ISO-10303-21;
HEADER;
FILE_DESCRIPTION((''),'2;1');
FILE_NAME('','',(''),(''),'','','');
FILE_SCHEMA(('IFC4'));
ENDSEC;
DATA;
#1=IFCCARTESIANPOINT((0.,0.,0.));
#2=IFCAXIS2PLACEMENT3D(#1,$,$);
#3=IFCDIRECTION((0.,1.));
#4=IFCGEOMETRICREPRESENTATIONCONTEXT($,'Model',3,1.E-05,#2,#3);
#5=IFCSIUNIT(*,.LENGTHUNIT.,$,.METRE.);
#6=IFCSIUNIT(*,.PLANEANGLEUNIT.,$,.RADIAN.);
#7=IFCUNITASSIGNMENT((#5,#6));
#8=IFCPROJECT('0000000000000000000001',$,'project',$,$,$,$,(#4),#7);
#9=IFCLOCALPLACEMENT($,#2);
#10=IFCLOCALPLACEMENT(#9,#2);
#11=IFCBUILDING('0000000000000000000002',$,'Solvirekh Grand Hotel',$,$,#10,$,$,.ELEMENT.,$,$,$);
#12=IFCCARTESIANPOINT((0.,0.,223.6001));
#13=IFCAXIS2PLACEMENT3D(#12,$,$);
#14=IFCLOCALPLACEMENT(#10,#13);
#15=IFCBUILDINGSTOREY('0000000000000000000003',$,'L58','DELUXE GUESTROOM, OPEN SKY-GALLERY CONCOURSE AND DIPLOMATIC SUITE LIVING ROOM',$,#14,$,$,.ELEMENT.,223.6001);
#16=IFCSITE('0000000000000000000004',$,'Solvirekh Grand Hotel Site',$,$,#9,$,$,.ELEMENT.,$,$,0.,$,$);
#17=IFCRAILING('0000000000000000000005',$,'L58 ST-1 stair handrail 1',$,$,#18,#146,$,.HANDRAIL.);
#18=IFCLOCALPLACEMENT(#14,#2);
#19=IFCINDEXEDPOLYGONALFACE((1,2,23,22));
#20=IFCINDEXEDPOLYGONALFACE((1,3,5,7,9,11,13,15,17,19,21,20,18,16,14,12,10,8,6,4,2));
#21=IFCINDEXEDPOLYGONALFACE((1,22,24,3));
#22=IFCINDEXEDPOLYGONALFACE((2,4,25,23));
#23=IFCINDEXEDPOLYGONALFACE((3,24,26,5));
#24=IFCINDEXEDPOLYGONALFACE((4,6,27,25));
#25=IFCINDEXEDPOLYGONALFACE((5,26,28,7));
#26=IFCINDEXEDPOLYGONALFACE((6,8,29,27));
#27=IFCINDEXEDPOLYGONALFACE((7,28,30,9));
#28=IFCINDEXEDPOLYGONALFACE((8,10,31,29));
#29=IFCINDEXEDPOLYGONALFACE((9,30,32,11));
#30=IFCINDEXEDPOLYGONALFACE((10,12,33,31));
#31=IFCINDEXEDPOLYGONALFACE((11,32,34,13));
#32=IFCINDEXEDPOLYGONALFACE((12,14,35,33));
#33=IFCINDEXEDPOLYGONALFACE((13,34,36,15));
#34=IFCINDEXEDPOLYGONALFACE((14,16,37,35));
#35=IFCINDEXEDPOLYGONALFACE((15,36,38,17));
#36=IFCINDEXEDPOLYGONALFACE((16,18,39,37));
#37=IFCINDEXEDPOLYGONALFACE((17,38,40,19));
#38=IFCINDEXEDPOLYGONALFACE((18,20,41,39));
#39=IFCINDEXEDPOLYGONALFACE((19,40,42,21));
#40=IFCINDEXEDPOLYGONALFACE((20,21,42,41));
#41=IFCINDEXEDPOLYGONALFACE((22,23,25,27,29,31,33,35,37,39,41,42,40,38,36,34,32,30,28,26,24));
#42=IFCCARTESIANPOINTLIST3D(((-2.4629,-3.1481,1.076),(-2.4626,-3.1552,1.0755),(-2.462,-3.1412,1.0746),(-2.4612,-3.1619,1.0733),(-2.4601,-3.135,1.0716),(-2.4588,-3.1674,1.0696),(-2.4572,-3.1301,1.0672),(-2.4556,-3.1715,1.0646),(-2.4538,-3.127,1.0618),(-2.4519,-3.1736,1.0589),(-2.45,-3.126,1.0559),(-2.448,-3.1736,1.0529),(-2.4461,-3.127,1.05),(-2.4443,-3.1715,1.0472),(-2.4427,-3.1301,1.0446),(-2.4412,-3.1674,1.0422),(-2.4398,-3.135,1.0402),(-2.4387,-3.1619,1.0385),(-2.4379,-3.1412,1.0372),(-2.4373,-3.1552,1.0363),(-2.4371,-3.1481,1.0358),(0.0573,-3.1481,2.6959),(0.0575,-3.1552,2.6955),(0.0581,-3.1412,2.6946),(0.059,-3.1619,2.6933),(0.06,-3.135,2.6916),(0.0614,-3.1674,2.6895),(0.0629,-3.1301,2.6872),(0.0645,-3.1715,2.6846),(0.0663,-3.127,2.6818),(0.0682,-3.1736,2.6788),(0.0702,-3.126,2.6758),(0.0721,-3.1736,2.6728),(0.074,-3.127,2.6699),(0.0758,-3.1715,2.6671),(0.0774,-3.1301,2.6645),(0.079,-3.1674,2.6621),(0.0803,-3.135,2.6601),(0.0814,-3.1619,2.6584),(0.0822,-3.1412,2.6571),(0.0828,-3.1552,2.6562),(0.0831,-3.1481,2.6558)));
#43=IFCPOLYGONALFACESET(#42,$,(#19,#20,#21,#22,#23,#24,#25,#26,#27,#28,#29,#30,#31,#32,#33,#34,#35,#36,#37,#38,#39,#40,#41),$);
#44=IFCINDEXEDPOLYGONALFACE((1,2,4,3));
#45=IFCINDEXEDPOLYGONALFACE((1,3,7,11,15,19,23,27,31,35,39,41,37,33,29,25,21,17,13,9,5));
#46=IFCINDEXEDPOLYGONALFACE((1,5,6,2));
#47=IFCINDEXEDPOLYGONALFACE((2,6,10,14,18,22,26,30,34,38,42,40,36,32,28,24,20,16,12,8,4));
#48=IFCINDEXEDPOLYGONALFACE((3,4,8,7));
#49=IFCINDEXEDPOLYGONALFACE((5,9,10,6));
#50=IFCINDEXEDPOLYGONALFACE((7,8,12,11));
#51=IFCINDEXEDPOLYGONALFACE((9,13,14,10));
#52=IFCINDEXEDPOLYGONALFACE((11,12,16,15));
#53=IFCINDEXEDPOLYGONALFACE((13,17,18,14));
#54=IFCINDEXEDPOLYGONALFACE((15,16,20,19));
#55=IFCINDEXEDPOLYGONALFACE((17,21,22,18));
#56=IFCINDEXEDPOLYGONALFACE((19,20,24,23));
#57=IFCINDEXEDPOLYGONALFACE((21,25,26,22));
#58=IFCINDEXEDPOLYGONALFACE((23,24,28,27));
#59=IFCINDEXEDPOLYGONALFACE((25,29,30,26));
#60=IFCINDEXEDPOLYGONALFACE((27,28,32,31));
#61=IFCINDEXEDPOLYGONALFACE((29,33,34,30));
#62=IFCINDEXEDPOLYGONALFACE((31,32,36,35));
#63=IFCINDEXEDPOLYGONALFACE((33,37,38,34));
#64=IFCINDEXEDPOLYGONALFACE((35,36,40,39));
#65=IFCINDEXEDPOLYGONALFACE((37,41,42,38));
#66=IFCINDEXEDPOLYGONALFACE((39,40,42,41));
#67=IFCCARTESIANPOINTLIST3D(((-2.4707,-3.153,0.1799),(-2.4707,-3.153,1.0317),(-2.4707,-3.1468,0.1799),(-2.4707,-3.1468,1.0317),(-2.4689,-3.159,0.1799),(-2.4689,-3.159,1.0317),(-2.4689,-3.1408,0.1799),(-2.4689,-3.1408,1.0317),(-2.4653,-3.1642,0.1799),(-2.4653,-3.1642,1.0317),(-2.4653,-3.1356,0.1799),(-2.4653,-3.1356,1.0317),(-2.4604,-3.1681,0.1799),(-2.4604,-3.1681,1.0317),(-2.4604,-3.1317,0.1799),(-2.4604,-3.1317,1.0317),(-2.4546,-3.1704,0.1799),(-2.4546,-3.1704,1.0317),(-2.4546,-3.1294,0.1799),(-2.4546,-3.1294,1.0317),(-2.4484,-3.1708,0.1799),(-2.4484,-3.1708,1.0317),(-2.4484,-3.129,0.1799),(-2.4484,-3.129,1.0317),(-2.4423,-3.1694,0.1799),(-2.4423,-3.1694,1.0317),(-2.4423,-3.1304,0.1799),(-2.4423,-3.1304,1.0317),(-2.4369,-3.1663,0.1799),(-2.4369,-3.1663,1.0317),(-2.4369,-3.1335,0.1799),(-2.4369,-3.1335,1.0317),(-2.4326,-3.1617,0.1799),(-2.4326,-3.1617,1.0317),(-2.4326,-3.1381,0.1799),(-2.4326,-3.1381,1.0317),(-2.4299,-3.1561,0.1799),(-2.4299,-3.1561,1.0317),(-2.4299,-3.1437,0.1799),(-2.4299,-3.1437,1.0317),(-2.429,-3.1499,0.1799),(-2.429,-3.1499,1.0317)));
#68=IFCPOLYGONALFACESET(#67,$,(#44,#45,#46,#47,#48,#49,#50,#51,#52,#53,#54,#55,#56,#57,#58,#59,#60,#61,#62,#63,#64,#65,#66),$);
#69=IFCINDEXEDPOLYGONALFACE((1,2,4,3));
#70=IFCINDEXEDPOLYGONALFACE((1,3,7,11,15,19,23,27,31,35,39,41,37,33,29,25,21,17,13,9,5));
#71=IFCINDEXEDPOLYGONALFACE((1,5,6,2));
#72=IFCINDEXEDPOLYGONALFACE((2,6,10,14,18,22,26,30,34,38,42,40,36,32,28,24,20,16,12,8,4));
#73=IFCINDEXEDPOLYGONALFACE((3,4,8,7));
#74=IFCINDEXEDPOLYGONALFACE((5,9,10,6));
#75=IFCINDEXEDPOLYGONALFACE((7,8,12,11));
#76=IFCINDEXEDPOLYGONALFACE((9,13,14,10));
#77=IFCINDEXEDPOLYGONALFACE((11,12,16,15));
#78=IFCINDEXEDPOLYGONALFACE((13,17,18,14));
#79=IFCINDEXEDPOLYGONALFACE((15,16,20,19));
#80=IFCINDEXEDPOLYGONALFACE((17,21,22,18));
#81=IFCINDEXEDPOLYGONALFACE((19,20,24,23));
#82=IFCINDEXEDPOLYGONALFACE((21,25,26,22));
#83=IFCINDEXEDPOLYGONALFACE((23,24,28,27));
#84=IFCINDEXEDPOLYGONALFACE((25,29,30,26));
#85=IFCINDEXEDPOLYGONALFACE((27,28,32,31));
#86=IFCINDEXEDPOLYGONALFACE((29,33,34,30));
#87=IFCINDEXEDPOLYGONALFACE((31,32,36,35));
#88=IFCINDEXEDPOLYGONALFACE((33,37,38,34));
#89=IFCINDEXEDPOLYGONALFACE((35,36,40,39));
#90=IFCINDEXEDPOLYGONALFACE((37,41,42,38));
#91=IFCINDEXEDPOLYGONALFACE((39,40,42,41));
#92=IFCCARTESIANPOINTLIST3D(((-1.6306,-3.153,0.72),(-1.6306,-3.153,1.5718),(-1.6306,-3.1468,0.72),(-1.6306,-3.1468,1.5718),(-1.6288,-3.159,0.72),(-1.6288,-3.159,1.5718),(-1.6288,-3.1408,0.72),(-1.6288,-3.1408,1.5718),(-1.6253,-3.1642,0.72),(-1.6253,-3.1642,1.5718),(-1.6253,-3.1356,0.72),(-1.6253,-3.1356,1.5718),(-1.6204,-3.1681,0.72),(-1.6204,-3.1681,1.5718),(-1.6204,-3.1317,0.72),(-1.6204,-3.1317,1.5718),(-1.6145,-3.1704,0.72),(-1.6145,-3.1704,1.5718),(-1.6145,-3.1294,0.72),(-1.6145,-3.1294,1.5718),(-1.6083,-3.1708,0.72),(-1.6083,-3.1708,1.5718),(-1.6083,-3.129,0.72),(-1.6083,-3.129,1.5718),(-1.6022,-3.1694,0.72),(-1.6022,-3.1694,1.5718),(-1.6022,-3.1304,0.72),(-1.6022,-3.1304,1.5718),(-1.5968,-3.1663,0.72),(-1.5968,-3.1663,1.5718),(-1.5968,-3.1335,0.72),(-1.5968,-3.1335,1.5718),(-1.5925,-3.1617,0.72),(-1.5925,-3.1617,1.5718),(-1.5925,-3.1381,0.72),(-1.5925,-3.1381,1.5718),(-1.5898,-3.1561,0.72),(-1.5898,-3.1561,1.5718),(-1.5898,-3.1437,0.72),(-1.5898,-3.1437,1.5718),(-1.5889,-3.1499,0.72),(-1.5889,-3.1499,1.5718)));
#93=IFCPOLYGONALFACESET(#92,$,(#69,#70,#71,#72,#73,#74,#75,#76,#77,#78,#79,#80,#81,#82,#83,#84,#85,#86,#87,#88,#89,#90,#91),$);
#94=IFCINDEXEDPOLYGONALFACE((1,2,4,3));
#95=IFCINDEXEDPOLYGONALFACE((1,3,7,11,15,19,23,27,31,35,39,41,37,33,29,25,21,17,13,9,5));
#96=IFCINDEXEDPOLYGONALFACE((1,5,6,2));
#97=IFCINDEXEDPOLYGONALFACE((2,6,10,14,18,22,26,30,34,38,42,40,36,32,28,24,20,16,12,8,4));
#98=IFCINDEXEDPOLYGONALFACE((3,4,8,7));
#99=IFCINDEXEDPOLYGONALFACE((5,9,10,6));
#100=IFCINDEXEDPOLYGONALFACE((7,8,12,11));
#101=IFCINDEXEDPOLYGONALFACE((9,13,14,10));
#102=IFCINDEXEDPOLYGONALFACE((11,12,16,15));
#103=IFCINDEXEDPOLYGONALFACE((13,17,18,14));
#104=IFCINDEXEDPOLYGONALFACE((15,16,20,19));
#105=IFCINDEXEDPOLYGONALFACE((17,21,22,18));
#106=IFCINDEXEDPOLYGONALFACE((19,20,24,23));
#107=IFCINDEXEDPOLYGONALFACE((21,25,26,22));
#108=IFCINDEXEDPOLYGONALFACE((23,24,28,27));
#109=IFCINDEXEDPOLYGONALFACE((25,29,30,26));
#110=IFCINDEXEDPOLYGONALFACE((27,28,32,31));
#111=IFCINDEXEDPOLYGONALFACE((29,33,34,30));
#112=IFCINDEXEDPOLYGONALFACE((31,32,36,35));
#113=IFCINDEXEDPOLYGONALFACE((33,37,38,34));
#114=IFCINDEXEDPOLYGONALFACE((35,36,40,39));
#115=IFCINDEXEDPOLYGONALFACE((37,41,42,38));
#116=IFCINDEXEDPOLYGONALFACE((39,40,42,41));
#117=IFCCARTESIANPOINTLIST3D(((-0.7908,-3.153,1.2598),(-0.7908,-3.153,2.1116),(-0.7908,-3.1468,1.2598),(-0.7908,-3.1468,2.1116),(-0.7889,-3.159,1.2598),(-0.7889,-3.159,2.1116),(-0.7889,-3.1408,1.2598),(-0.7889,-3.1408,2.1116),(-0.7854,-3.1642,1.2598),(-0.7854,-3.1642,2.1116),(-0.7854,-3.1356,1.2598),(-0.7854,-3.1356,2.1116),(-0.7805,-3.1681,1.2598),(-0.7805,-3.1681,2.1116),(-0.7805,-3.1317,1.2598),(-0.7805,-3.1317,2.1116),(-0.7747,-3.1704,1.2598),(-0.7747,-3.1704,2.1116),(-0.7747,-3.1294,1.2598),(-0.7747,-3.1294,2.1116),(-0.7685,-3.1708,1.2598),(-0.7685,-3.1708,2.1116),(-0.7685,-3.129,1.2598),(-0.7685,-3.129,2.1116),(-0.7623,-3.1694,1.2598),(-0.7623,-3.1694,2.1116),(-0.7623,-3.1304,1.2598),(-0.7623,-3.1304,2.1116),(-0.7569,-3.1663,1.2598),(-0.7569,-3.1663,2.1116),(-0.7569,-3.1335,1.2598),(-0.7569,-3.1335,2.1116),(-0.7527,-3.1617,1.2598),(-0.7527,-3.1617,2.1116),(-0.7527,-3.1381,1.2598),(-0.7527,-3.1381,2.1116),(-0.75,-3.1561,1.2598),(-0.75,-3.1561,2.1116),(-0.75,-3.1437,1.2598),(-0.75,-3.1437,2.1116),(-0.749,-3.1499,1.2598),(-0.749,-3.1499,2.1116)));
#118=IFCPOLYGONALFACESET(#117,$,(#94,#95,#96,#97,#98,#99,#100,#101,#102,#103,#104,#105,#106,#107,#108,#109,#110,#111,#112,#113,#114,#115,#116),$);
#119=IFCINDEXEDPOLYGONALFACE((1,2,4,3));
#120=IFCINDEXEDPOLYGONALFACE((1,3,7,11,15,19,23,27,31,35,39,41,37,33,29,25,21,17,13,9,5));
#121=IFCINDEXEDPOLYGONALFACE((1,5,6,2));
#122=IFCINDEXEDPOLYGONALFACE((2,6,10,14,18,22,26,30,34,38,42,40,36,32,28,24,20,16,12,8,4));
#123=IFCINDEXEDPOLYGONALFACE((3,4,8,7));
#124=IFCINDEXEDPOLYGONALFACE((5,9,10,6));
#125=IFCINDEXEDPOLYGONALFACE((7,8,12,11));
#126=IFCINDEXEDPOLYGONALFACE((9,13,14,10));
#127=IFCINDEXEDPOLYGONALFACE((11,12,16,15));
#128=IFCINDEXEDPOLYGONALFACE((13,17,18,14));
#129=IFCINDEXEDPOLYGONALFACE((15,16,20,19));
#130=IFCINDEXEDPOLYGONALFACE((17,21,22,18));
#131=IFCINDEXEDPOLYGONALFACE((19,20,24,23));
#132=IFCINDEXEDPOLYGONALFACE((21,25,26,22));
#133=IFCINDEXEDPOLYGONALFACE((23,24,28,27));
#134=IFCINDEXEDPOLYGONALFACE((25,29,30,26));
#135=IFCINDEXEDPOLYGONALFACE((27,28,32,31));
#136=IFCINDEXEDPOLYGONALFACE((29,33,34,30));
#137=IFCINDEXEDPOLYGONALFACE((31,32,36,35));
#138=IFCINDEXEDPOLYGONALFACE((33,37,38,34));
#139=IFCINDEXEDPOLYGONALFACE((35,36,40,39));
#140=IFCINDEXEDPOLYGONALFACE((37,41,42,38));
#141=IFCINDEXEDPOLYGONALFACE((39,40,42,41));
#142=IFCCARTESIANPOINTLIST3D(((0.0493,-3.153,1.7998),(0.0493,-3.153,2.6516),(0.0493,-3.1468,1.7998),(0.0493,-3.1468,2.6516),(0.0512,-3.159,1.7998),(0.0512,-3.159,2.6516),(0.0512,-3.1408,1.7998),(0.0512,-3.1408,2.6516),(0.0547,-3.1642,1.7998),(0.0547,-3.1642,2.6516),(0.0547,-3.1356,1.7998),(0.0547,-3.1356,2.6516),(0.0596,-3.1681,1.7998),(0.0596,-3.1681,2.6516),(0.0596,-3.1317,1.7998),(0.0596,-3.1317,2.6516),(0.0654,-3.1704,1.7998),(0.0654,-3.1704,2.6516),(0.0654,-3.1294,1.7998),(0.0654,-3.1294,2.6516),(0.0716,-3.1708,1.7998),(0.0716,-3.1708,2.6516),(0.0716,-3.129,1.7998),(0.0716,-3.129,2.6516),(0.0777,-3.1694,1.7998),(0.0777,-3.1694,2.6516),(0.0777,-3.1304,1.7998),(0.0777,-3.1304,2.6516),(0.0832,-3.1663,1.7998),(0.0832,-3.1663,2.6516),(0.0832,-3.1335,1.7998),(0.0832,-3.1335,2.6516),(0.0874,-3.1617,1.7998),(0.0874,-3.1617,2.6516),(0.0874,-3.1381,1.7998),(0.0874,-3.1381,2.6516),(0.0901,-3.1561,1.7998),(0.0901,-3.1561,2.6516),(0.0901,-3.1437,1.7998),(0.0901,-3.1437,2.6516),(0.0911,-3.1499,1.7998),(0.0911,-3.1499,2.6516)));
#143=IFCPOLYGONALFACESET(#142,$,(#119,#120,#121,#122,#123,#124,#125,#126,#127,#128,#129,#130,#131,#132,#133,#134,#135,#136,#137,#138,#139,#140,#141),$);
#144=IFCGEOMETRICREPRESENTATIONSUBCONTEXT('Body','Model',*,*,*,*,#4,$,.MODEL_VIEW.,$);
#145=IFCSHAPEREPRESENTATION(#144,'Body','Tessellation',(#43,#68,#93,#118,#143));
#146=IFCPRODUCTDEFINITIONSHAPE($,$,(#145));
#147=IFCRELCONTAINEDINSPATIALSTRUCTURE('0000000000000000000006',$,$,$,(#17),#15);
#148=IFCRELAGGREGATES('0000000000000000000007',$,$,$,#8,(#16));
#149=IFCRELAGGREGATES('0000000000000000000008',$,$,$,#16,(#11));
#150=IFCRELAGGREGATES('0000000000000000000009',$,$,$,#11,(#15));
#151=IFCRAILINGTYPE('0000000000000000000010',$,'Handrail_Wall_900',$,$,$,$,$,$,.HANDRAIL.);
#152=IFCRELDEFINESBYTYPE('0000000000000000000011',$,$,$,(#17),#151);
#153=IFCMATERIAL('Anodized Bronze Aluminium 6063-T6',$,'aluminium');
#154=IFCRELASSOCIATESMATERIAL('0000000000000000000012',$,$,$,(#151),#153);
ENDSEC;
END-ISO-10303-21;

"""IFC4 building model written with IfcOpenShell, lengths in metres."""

from ifc_helpers import new_model, si_unit, direction, frame, origin, origin_2d, place, context, subcontext, project, spatial, circle, extrude, material, type_object, element, save


model = new_model("IFC4")

# Units and contexts
model_context = context("Model", 3, precision=1e-05, world=origin(), true_north=direction((0.0, 1.0)))
body_context = subcontext(model_context, "Body", "Model", "MODEL_VIEW")
ifc_project = project(units=[si_unit("LENGTHUNIT", "METRE"), si_unit("PLANEANGLEUNIT", "RADIAN")], contexts=[model_context])

# Site, building, storey
site_placement = place(None, origin())
site = spatial("IfcSite", under=ifc_project, at=site_placement, Name="Solvirekh Grand Hotel Site", CompositionType="ELEMENT", RefElevation=0.0)
building_placement = place(site_placement, origin())
building = spatial("IfcBuilding", under=site, at=building_placement, Name="Solvirekh Grand Hotel", CompositionType="ELEMENT")
storey_placement = place(building_placement, frame((0.0, 0.0, 223.6001)))
storey = spatial("IfcBuildingStorey", under=building, at=storey_placement, Name="L58", Description="DELUXE GUESTROOM, OPEN SKY-GALLERY CONCOURSE AND DIPLOMATIC SUITE LIVING ROOM", CompositionType="ELEMENT", Elevation=223.6001)

# Shared definitions
ifc_material_1 = material(Name="Anodized Bronze Aluminium 6063-T6", Category="aluminium")

# Railing
railing_type_1 = type_object("IfcRailingType", Name="Handrail_Wall_900", PredefinedType="HANDRAIL", material=ifc_material_1)
railing_1_placement = place(storey_placement, frame((-2.45, -3.1499, 0.1799)))
element("IfcRailing", 1, at=railing_1_placement, inside=storey, type_object=railing_type_1, Name="L58 ST-1 stair handrail 1", PredefinedType="HANDRAIL", context=body_context, shape_type="SweptSolid", body=[
    extrude(circle(Radius=0.0239, at=origin_2d()), frame((0.0, 0.0, 0.876), z_axis=(0.8412, 0.0, 0.540725), x_axis=(0.0, 1.0, 0.0)), (0.0, 0.0, 1.0), 2.9958),
    extrude(circle(Radius=0.021, at=origin_2d()), origin(), (0.0, 0.0, 1.0), 0.8518),
    extrude(circle(Radius=0.021, at=origin_2d()), frame((0.8401, 0.0, 0.54)), (0.0, 0.0, 1.0), 0.8518),
    extrude(circle(Radius=0.021, at=origin_2d()), frame((1.6799, 0.0, 1.0798)), (0.0, 0.0, 1.0), 0.8518),
    extrude(circle(Radius=0.021, at=origin_2d()), frame((2.52, 0.0, 1.6199)), (0.0, 0.0, 1.0), 0.8518),
])

save(model, "model.ifc")
